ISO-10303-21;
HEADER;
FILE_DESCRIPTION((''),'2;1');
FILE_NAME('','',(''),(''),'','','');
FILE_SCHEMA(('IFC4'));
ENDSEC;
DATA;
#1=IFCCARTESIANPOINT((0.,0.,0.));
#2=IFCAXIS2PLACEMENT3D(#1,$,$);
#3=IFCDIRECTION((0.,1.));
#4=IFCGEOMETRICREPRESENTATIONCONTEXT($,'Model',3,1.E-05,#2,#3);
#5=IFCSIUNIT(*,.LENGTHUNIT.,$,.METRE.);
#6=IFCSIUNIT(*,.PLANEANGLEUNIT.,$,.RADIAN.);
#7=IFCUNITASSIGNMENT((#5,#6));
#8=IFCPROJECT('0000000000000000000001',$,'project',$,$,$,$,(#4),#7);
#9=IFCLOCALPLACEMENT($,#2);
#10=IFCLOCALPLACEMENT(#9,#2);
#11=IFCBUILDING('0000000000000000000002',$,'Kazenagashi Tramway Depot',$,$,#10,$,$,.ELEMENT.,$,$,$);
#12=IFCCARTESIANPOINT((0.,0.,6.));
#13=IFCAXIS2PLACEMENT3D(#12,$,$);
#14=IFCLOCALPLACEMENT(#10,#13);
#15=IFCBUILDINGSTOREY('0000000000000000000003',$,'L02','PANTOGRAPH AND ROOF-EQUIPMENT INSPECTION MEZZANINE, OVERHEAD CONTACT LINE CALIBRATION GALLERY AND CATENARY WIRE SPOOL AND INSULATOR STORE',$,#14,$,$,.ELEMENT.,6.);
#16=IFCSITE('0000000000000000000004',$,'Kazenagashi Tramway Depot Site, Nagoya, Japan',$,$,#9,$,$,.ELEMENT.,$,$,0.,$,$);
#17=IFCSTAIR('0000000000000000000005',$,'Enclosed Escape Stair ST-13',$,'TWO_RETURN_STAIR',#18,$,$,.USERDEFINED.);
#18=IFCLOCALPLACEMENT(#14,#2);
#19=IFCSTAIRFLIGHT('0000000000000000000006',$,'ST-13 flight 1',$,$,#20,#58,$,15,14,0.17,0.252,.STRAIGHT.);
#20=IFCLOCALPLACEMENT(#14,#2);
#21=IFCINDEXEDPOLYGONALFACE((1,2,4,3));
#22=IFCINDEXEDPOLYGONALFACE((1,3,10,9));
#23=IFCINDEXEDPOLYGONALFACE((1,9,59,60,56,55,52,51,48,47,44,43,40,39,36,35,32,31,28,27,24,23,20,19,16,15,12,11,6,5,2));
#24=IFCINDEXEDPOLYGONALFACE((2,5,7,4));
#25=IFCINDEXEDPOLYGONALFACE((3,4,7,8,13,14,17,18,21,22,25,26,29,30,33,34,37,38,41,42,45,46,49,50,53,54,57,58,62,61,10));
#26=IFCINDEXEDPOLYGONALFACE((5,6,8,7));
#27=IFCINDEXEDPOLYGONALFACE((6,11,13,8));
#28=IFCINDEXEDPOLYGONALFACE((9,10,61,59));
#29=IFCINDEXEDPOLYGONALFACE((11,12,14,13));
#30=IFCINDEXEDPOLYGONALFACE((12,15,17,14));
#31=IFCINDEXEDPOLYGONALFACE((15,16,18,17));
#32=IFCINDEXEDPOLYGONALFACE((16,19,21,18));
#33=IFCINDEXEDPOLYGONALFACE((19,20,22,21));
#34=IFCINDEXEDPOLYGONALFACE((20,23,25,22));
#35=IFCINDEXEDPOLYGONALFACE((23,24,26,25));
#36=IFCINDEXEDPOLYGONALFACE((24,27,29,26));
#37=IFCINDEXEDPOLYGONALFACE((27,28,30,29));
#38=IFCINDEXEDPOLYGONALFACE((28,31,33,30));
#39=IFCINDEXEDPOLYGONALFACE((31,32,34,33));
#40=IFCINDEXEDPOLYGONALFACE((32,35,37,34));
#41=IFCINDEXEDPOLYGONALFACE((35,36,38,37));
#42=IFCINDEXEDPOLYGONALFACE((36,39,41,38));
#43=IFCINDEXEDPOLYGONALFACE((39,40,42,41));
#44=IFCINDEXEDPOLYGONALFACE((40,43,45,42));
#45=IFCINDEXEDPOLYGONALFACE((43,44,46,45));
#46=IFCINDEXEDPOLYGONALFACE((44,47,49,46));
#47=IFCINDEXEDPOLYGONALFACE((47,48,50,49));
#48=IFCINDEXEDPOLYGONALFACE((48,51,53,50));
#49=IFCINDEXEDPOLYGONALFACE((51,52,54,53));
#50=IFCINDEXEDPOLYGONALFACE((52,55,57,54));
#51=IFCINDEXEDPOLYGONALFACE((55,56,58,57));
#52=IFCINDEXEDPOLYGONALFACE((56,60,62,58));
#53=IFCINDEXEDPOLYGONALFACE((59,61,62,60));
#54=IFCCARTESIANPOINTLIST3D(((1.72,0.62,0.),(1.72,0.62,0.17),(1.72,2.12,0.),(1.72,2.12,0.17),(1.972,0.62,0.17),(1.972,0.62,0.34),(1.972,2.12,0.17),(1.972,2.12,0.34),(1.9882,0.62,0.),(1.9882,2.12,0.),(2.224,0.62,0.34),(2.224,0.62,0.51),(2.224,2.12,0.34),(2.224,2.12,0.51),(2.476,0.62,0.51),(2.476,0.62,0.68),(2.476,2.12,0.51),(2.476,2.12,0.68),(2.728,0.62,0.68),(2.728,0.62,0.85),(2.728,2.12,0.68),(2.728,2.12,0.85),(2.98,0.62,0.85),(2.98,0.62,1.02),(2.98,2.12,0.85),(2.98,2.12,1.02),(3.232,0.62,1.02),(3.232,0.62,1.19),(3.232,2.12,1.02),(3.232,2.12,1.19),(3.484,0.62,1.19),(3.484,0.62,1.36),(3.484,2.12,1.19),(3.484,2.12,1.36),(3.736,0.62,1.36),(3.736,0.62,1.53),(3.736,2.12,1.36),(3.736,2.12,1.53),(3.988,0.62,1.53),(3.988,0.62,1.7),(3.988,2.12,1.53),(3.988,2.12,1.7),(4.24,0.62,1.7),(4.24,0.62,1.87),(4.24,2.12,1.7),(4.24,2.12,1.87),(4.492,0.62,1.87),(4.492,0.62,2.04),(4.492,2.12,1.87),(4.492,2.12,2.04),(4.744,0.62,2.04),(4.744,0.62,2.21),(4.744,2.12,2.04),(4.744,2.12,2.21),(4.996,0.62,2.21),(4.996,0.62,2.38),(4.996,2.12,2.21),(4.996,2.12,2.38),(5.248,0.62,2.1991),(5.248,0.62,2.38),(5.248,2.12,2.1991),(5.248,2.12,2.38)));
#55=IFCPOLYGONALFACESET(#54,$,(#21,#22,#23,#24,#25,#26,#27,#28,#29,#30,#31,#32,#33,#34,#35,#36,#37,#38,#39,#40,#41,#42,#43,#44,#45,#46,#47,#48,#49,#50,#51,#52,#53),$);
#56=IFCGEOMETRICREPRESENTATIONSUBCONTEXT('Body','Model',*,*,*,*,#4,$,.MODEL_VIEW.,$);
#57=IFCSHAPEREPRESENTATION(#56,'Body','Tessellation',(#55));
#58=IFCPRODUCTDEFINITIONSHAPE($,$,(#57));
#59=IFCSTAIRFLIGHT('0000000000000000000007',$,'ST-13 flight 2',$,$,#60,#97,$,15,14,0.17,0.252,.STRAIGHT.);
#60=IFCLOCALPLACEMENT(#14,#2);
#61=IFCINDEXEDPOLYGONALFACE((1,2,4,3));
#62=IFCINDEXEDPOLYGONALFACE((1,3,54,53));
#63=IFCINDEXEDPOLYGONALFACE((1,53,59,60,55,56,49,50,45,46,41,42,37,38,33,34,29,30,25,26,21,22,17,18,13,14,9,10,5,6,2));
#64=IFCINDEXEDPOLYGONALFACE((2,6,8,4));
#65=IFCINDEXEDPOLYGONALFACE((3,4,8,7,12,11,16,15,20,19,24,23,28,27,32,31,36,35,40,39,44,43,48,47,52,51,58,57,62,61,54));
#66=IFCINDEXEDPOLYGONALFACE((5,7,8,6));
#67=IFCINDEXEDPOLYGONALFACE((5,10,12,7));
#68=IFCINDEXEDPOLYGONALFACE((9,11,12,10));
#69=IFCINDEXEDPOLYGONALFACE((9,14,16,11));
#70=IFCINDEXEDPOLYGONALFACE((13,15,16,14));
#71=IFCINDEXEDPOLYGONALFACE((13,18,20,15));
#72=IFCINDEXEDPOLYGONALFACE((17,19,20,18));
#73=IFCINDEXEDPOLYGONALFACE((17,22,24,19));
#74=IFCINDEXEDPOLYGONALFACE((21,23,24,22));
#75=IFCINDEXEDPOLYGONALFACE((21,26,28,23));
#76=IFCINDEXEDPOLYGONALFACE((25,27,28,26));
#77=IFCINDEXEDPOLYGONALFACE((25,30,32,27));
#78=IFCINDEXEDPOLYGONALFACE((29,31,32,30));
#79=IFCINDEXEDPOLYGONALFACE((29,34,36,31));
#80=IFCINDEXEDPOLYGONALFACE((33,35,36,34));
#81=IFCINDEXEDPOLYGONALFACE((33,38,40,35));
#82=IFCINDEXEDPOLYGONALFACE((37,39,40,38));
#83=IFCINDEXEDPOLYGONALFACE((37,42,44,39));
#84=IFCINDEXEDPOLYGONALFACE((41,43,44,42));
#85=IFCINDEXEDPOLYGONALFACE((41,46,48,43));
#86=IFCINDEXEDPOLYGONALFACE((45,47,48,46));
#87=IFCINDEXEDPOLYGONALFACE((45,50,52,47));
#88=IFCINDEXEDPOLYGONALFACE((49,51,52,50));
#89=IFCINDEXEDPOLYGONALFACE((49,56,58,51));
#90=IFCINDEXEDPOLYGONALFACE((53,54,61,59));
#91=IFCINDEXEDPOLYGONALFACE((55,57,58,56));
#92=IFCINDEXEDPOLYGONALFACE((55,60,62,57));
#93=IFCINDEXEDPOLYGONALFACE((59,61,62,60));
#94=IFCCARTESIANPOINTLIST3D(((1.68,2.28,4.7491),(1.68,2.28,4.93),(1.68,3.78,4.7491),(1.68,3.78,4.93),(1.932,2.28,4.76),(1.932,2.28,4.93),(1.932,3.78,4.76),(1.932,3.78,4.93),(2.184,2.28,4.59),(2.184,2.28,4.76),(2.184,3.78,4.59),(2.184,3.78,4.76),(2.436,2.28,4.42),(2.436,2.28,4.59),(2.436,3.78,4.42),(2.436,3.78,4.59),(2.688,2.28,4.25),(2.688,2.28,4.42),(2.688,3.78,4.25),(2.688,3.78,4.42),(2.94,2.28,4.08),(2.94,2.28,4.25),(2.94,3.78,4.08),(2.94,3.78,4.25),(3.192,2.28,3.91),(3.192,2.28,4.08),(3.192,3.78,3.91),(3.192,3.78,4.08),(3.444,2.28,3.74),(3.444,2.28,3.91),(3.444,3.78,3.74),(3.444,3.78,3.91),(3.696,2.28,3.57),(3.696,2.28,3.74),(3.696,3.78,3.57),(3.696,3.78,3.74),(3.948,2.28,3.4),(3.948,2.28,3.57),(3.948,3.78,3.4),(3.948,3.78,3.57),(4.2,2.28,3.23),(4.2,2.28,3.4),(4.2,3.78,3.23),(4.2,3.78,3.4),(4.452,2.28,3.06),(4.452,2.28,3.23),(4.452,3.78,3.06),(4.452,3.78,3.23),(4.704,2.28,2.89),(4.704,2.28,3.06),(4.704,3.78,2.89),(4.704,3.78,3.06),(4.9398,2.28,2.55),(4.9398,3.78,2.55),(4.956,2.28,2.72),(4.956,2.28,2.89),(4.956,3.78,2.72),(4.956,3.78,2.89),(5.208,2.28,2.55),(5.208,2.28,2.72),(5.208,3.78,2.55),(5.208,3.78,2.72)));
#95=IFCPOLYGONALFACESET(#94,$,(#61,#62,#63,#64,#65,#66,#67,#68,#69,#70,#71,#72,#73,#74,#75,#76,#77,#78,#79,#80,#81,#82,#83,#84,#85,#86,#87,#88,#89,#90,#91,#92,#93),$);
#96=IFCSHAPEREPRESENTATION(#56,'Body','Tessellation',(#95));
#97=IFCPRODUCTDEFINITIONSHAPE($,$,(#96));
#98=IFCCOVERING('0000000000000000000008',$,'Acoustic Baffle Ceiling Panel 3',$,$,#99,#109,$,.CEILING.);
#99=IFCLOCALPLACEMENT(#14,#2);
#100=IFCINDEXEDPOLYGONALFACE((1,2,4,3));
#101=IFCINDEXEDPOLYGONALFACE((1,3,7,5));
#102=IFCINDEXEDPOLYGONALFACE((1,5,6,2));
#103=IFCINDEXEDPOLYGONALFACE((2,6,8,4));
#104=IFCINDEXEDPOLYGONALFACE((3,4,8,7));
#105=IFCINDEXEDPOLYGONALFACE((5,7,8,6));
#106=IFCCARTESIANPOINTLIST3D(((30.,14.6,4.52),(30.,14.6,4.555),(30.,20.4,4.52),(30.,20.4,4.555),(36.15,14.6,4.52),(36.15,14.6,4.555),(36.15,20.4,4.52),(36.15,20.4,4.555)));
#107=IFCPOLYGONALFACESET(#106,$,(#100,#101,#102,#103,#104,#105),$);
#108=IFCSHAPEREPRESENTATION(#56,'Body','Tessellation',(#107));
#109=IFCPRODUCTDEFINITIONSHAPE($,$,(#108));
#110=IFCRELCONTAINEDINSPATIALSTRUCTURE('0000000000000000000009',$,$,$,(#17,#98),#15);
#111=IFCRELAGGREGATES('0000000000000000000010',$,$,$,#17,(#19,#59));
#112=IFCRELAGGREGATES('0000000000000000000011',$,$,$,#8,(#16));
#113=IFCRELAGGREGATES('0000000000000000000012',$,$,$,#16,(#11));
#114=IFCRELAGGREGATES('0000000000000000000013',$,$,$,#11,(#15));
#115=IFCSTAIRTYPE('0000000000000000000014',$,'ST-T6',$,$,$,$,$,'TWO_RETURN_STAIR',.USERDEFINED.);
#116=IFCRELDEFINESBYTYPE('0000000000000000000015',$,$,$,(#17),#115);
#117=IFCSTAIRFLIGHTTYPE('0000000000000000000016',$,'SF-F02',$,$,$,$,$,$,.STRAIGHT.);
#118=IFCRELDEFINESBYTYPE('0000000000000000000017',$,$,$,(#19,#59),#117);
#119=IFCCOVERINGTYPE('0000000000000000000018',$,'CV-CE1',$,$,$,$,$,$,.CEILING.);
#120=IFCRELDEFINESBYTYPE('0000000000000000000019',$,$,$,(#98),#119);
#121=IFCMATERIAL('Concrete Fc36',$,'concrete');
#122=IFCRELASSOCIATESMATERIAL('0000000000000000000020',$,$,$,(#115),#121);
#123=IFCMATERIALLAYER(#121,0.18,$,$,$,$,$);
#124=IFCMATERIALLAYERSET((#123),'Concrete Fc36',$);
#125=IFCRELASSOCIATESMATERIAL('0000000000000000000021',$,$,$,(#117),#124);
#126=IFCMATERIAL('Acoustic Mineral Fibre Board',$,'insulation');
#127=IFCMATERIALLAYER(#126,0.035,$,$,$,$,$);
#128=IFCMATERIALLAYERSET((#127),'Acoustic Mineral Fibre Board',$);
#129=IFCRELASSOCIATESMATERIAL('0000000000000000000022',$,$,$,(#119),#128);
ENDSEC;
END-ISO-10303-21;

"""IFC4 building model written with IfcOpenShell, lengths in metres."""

from ifc_helpers import new_model, si_unit, direction, frame, origin, place, context, subcontext, project, spatial, polyline, outline, extrude, material, layer, layer_set, type_object, element, aggregate, save


model = new_model("IFC4")

# Units and contexts
model_context = context("Model", 3, precision=1e-05, world=origin(), true_north=direction((0.0, 1.0)))
body_context = subcontext(model_context, "Body", "Model", "MODEL_VIEW")
ifc_project = project(units=[si_unit("LENGTHUNIT", "METRE"), si_unit("PLANEANGLEUNIT", "RADIAN")], contexts=[model_context])

# Site, building, storey
site_placement = place(None, origin())
site = spatial("IfcSite", under=ifc_project, at=site_placement, Name="Kazenagashi Tramway Depot Site, Nagoya, Japan", CompositionType="ELEMENT", RefElevation=0.0)
building_placement = place(site_placement, origin())
building = spatial("IfcBuilding", under=site, at=building_placement, Name="Kazenagashi Tramway Depot", CompositionType="ELEMENT")
storey_placement = place(building_placement, frame((0.0, 0.0, 6.0)))
storey = spatial("IfcBuildingStorey", under=building, at=storey_placement, Name="L02", Description="PANTOGRAPH AND ROOF-EQUIPMENT INSPECTION MEZZANINE, OVERHEAD CONTACT LINE CALIBRATION GALLERY AND CATENARY WIRE SPOOL AND INSULATOR STORE", CompositionType="ELEMENT", Elevation=6.0)

# Shared definitions
ifc_material_1 = material(Name="Concrete Fc36", Category="concrete")

# Stair, stair flights
stair_type_1 = type_object("IfcStairType", Name="ST-T6", ElementType="TWO_RETURN_STAIR", PredefinedType="USERDEFINED", material=ifc_material_1)
stair_1_placement = place(storey_placement, origin())
stair_1 = element("IfcStair", 1, at=stair_1_placement, inside=storey, type_object=stair_type_1, Name="Enclosed Escape Stair ST-13", ObjectType="TWO_RETURN_STAIR", PredefinedType="USERDEFINED")
ifc_layer_1 = layer(ifc_material_1, 0.18)
ifc_layer_set_1 = layer_set([ifc_layer_1], Name="Concrete Fc36")
stair_flight_type = type_object("IfcStairFlightType", Name="SF-F02", PredefinedType="STRAIGHT", material=ifc_layer_set_1)
stair_flight_1_placement = place(storey_placement, frame((1.72, 1.37, 0.0), z_axis=(0.0, 0.0, 1.0), x_axis=(1.0, 0.0, 0.0)))
stair_flight_1 = element("IfcStairFlight", 2, at=stair_flight_1_placement, type_object=stair_flight_type, Name="ST-13 flight 1", NumberOfRisers=15, NumberOfTreads=14, PredefinedType="STRAIGHT", RiserHeight=0.17, TreadLength=0.252, context=body_context, shape_type="SweptSolid", body=[
    extrude(outline(polyline([(0.0, 0.0), (0.0, 0.17), (0.252, 0.17), (0.252, 0.34), (0.504, 0.34), (0.504, 0.51), (0.756, 0.51), (0.756, 0.68), (1.008, 0.68), (1.008, 0.85), (1.26, 0.85), (1.26, 1.02), (1.512, 1.02), (1.512, 1.19), (1.764, 1.19), (1.764, 1.36), (2.016, 1.36), (2.016, 1.53), (2.268, 1.53), (2.268, 1.7), (2.52, 1.7), (2.52, 1.87), (2.772, 1.87), (2.772, 2.04), (3.024, 2.04), (3.024, 2.21), (3.276, 2.21), (3.276, 2.38), (3.528, 2.38), (3.528, 2.55), (3.528, 2.1991), (0.2682, 0.0), (0.0, 0.0)])), frame((0.0, 0.75, 0.0), z_axis=(0.0, -1.0, 0.0), x_axis=(1.0, 0.0, 0.0)), (0.0, 0.0, 1.0), 1.5),
])
stair_flight_2_placement = place(storey_placement, frame((5.208, 3.03, 2.55), z_axis=(0.0, 0.0, 1.0), x_axis=(-1.0, 0.0, 0.0)))
stair_flight_2 = element("IfcStairFlight", 3, at=stair_flight_2_placement, type_object=stair_flight_type, Name="ST-13 flight 2", NumberOfRisers=15, NumberOfTreads=14, PredefinedType="STRAIGHT", RiserHeight=0.17, TreadLength=0.252, context=body_context, shape_type="SweptSolid", body=[
    extrude(outline(polyline([(0.0, 0.0), (0.0, 0.17), (0.252, 0.17), (0.252, 0.34), (0.504, 0.34), (0.504, 0.51), (0.756, 0.51), (0.756, 0.68), (1.008, 0.68), (1.008, 0.85), (1.26, 0.85), (1.26, 1.02), (1.512, 1.02), (1.512, 1.19), (1.764, 1.19), (1.764, 1.36), (2.016, 1.36), (2.016, 1.53), (2.268, 1.53), (2.268, 1.7), (2.52, 1.7), (2.52, 1.87), (2.772, 1.87), (2.772, 2.04), (3.024, 2.04), (3.024, 2.21), (3.276, 2.21), (3.276, 2.38), (3.528, 2.38), (3.528, 2.55), (3.528, 2.1991), (0.2682, 0.0), (0.0, 0.0)])), frame((0.0, 0.75, 0.0), z_axis=(0.0, -1.0, 0.0), x_axis=(1.0, 0.0, 0.0)), (0.0, 0.0, 1.0), 1.5),
])
aggregate(stair_1, [stair_flight_1, stair_flight_2])

# Covering
ifc_material_2 = material(Name="Acoustic Mineral Fibre Board", Category="insulation")
ifc_layer_2 = layer(ifc_material_2, 0.035)
ifc_layer_set_2 = layer_set([ifc_layer_2], Name="Acoustic Mineral Fibre Board")
covering_type = type_object("IfcCoveringType", Name="CV-CE1", PredefinedType="CEILING", material=ifc_layer_set_2)
covering_placement = place(storey_placement, frame((0.0, 0.0, 4.52)))
element("IfcCovering", 4, at=covering_placement, inside=storey, type_object=covering_type, Name="Acoustic Baffle Ceiling Panel 3", PredefinedType="CEILING", context=body_context, shape_type="SweptSolid", body=[
    extrude(outline(polyline([(30.0, 14.6), (36.15, 14.6), (36.15, 20.4), (30.0, 20.4), (30.0, 14.6)])), origin(), (0.0, 0.0, 1.0), 0.035),
])

save(model, "model.ifc")
